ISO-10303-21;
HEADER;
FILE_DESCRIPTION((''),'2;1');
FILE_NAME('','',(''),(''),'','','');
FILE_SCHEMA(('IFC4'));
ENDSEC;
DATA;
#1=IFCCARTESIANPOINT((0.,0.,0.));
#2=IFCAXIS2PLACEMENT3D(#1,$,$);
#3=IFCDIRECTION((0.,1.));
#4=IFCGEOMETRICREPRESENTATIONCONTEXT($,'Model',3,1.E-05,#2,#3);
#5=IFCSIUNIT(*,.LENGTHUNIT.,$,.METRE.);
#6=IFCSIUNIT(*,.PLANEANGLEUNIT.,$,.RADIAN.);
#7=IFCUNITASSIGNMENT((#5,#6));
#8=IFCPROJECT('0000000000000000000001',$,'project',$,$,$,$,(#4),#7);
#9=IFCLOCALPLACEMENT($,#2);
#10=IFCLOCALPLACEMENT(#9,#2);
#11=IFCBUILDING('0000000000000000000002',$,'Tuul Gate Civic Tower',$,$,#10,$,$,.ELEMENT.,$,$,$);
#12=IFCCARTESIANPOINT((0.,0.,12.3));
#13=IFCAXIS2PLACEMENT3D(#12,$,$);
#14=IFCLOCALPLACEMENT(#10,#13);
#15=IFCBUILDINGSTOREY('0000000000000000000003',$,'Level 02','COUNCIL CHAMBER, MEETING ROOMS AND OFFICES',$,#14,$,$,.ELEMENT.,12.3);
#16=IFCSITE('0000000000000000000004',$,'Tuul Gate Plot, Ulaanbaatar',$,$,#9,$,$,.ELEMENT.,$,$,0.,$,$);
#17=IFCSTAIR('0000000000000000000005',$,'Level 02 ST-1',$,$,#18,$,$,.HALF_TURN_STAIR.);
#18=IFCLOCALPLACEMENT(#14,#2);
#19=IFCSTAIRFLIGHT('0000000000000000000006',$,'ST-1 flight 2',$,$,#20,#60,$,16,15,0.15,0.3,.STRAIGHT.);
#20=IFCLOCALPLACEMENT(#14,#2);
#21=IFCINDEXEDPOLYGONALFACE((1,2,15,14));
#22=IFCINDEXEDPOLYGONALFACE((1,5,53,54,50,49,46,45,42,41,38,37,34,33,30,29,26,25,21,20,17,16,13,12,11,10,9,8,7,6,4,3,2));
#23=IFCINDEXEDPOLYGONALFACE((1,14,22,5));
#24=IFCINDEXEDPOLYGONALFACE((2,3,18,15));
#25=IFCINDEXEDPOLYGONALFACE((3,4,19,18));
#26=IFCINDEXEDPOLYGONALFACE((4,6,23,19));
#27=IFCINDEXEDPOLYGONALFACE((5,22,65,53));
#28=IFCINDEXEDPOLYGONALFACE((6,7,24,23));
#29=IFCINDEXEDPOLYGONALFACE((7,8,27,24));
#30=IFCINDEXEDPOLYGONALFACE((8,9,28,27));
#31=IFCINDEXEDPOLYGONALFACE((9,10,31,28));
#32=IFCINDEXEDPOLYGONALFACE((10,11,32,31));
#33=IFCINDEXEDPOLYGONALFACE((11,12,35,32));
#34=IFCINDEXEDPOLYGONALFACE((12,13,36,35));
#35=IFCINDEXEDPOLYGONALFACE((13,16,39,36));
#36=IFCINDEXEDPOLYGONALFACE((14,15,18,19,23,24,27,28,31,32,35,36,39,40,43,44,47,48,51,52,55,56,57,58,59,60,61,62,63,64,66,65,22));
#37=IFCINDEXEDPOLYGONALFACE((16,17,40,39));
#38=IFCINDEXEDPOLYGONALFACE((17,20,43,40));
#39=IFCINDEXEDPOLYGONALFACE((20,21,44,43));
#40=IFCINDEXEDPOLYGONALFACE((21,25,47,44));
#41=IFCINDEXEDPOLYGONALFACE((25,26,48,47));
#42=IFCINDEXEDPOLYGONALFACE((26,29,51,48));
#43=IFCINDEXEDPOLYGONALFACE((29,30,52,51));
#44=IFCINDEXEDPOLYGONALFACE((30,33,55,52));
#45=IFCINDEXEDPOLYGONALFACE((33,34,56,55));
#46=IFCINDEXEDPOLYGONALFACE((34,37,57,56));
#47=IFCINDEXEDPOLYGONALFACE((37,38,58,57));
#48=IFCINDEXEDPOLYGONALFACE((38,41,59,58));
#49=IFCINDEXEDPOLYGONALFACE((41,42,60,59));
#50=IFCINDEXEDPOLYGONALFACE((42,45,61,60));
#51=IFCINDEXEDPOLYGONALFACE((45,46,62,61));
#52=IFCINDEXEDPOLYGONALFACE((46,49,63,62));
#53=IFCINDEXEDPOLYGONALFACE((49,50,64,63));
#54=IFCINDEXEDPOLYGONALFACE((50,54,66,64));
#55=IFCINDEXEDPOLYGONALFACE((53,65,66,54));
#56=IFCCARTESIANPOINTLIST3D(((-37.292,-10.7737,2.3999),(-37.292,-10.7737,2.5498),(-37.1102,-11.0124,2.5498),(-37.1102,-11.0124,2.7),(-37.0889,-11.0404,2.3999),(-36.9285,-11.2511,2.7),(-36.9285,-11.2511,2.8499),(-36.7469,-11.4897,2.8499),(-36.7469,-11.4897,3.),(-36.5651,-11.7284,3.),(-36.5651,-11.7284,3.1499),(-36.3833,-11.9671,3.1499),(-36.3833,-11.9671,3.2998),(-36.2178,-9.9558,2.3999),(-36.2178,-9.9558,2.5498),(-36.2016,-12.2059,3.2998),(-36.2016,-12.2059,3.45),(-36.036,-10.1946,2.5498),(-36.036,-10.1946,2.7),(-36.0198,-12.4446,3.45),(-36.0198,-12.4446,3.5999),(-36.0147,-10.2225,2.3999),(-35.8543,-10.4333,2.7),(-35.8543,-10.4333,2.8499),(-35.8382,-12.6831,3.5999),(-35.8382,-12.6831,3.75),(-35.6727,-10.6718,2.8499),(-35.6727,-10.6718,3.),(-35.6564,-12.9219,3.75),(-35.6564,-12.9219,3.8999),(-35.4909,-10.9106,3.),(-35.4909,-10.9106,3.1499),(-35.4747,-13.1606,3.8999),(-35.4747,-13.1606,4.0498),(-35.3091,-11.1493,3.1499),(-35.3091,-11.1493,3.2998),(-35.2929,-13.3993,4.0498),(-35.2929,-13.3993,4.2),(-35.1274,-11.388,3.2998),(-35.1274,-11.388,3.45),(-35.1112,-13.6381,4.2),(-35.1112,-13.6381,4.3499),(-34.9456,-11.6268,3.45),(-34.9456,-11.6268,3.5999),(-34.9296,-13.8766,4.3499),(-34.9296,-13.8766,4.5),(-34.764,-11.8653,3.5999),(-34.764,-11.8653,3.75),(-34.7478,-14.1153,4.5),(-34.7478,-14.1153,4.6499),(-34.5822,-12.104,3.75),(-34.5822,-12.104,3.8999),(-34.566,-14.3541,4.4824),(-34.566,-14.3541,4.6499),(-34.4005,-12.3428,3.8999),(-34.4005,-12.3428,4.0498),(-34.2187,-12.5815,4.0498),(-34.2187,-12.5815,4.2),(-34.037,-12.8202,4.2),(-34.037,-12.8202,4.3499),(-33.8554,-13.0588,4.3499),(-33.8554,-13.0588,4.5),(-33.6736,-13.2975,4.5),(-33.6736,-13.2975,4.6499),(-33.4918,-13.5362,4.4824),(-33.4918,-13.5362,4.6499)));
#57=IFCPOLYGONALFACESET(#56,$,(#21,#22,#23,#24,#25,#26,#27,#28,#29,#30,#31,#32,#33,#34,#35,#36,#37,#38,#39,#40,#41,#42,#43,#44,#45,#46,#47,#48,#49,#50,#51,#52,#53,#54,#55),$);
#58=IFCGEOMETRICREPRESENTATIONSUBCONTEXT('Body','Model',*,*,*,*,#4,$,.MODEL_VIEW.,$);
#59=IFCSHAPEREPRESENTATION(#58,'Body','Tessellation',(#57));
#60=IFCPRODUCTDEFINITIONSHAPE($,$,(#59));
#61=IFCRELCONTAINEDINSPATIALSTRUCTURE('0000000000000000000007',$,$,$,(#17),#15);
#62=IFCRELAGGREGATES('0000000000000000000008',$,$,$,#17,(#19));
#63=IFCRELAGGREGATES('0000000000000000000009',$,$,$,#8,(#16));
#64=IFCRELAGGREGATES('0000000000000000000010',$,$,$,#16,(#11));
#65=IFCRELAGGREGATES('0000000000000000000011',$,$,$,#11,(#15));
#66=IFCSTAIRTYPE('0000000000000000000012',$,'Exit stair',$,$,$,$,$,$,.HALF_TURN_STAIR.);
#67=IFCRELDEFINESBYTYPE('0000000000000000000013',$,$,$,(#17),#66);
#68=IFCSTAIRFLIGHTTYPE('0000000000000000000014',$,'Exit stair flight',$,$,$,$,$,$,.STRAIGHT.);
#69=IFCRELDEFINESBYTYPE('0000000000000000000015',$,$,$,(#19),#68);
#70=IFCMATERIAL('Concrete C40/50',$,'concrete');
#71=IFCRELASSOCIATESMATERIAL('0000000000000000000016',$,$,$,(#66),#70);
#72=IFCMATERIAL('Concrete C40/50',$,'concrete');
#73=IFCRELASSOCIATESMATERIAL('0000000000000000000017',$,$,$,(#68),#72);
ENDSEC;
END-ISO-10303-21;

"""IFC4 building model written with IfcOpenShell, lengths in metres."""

from ifc_helpers import new_model, si_unit, direction, frame, origin, place, context, subcontext, project, spatial, polyline, outline, extrude, material, type_object, element, aggregate, save


model = new_model("IFC4")

# Units and contexts
model_context = context("Model", 3, precision=1e-05, world=origin(), true_north=direction((0.0, 1.0)))
body_context = subcontext(model_context, "Body", "Model", "MODEL_VIEW")
ifc_project = project(units=[si_unit("LENGTHUNIT", "METRE"), si_unit("PLANEANGLEUNIT", "RADIAN")], contexts=[model_context])

# Site, building, storey
site_placement = place(None, origin())
site = spatial("IfcSite", under=ifc_project, at=site_placement, Name="Tuul Gate Plot, Ulaanbaatar", CompositionType="ELEMENT", RefElevation=0.0)
building_placement = place(site_placement, origin())
building = spatial("IfcBuilding", under=site, at=building_placement, Name="Tuul Gate Civic Tower", CompositionType="ELEMENT")
storey_placement = place(building_placement, frame((0.0, 0.0, 12.3)))
storey = spatial("IfcBuildingStorey", under=building, at=storey_placement, Name="Level 02", Description="COUNCIL CHAMBER, MEETING ROOMS AND OFFICES", CompositionType="ELEMENT", Elevation=12.3)

# Stair, stair flight
ifc_material_1 = material(Name="Concrete C40/50", Category="concrete")
stair_type = type_object("IfcStairType", Name="Exit stair", PredefinedType="HALF_TURN_STAIR", material=ifc_material_1)
stair_placement = place(storey_placement, origin())
stair = element("IfcStair", 1, at=stair_placement, inside=storey, type_object=stair_type, Name="Level 02 ST-1", PredefinedType="HALF_TURN_STAIR")
ifc_material_2 = material(Name="Concrete C40/50", Category="concrete")
stair_flight_type = type_object("IfcStairFlightType", Name="Exit stair flight", PredefinedType="STRAIGHT", material=ifc_material_2)
stair_flight_1_placement = place(storey_placement, frame((-36.7549, -10.3647, 2.3999), z_axis=(0.0, 0.0, 1.0), x_axis=(0.605764, -0.795644, 0.0)))
stair_flight_1 = element("IfcStairFlight", 2, at=stair_flight_1_placement, type_object=stair_flight_type, Name="ST-1 flight 2", NumberOfRisers=16, NumberOfTreads=15, PredefinedType="STRAIGHT", RiserHeight=0.15, TreadLength=0.3, context=body_context, shape_type="SweptSolid", body=[
    extrude(outline(polyline([(0.0, 0.0), (0.0, 0.1499), (0.3, 0.1499), (0.3, 0.3), (0.6001, 0.3), (0.6001, 0.45), (0.8999, 0.45), (0.8999, 0.6001), (1.2, 0.6001), (1.2, 0.75), (1.5, 0.75), (1.5, 0.8999), (1.8, 0.8999), (1.8, 1.05), (2.1001, 1.05), (2.1001, 1.2), (2.3999, 1.2), (2.3999, 1.3501), (2.7, 1.3501), (2.7, 1.5), (3.0, 1.5), (3.0, 1.6499), (3.3, 1.6499), (3.3, 1.8), (3.6001, 1.8), (3.6001, 1.95), (3.8999, 1.95), (3.8999, 2.1001), (4.2, 2.1001), (4.2, 2.25), (4.5, 2.25), (4.5, 2.3999), (4.5, 2.0825), (0.3352, 0.0), (0.0, 0.0)])), frame((0.0, 0.675, 0.0), z_axis=(0.0, -1.0, 0.0), x_axis=(1.0, 0.0, 0.0)), (0.0, 0.0, 1.0), 1.3501),
])
aggregate(stair, [stair_flight_1])

save(model, "model.ifc")
